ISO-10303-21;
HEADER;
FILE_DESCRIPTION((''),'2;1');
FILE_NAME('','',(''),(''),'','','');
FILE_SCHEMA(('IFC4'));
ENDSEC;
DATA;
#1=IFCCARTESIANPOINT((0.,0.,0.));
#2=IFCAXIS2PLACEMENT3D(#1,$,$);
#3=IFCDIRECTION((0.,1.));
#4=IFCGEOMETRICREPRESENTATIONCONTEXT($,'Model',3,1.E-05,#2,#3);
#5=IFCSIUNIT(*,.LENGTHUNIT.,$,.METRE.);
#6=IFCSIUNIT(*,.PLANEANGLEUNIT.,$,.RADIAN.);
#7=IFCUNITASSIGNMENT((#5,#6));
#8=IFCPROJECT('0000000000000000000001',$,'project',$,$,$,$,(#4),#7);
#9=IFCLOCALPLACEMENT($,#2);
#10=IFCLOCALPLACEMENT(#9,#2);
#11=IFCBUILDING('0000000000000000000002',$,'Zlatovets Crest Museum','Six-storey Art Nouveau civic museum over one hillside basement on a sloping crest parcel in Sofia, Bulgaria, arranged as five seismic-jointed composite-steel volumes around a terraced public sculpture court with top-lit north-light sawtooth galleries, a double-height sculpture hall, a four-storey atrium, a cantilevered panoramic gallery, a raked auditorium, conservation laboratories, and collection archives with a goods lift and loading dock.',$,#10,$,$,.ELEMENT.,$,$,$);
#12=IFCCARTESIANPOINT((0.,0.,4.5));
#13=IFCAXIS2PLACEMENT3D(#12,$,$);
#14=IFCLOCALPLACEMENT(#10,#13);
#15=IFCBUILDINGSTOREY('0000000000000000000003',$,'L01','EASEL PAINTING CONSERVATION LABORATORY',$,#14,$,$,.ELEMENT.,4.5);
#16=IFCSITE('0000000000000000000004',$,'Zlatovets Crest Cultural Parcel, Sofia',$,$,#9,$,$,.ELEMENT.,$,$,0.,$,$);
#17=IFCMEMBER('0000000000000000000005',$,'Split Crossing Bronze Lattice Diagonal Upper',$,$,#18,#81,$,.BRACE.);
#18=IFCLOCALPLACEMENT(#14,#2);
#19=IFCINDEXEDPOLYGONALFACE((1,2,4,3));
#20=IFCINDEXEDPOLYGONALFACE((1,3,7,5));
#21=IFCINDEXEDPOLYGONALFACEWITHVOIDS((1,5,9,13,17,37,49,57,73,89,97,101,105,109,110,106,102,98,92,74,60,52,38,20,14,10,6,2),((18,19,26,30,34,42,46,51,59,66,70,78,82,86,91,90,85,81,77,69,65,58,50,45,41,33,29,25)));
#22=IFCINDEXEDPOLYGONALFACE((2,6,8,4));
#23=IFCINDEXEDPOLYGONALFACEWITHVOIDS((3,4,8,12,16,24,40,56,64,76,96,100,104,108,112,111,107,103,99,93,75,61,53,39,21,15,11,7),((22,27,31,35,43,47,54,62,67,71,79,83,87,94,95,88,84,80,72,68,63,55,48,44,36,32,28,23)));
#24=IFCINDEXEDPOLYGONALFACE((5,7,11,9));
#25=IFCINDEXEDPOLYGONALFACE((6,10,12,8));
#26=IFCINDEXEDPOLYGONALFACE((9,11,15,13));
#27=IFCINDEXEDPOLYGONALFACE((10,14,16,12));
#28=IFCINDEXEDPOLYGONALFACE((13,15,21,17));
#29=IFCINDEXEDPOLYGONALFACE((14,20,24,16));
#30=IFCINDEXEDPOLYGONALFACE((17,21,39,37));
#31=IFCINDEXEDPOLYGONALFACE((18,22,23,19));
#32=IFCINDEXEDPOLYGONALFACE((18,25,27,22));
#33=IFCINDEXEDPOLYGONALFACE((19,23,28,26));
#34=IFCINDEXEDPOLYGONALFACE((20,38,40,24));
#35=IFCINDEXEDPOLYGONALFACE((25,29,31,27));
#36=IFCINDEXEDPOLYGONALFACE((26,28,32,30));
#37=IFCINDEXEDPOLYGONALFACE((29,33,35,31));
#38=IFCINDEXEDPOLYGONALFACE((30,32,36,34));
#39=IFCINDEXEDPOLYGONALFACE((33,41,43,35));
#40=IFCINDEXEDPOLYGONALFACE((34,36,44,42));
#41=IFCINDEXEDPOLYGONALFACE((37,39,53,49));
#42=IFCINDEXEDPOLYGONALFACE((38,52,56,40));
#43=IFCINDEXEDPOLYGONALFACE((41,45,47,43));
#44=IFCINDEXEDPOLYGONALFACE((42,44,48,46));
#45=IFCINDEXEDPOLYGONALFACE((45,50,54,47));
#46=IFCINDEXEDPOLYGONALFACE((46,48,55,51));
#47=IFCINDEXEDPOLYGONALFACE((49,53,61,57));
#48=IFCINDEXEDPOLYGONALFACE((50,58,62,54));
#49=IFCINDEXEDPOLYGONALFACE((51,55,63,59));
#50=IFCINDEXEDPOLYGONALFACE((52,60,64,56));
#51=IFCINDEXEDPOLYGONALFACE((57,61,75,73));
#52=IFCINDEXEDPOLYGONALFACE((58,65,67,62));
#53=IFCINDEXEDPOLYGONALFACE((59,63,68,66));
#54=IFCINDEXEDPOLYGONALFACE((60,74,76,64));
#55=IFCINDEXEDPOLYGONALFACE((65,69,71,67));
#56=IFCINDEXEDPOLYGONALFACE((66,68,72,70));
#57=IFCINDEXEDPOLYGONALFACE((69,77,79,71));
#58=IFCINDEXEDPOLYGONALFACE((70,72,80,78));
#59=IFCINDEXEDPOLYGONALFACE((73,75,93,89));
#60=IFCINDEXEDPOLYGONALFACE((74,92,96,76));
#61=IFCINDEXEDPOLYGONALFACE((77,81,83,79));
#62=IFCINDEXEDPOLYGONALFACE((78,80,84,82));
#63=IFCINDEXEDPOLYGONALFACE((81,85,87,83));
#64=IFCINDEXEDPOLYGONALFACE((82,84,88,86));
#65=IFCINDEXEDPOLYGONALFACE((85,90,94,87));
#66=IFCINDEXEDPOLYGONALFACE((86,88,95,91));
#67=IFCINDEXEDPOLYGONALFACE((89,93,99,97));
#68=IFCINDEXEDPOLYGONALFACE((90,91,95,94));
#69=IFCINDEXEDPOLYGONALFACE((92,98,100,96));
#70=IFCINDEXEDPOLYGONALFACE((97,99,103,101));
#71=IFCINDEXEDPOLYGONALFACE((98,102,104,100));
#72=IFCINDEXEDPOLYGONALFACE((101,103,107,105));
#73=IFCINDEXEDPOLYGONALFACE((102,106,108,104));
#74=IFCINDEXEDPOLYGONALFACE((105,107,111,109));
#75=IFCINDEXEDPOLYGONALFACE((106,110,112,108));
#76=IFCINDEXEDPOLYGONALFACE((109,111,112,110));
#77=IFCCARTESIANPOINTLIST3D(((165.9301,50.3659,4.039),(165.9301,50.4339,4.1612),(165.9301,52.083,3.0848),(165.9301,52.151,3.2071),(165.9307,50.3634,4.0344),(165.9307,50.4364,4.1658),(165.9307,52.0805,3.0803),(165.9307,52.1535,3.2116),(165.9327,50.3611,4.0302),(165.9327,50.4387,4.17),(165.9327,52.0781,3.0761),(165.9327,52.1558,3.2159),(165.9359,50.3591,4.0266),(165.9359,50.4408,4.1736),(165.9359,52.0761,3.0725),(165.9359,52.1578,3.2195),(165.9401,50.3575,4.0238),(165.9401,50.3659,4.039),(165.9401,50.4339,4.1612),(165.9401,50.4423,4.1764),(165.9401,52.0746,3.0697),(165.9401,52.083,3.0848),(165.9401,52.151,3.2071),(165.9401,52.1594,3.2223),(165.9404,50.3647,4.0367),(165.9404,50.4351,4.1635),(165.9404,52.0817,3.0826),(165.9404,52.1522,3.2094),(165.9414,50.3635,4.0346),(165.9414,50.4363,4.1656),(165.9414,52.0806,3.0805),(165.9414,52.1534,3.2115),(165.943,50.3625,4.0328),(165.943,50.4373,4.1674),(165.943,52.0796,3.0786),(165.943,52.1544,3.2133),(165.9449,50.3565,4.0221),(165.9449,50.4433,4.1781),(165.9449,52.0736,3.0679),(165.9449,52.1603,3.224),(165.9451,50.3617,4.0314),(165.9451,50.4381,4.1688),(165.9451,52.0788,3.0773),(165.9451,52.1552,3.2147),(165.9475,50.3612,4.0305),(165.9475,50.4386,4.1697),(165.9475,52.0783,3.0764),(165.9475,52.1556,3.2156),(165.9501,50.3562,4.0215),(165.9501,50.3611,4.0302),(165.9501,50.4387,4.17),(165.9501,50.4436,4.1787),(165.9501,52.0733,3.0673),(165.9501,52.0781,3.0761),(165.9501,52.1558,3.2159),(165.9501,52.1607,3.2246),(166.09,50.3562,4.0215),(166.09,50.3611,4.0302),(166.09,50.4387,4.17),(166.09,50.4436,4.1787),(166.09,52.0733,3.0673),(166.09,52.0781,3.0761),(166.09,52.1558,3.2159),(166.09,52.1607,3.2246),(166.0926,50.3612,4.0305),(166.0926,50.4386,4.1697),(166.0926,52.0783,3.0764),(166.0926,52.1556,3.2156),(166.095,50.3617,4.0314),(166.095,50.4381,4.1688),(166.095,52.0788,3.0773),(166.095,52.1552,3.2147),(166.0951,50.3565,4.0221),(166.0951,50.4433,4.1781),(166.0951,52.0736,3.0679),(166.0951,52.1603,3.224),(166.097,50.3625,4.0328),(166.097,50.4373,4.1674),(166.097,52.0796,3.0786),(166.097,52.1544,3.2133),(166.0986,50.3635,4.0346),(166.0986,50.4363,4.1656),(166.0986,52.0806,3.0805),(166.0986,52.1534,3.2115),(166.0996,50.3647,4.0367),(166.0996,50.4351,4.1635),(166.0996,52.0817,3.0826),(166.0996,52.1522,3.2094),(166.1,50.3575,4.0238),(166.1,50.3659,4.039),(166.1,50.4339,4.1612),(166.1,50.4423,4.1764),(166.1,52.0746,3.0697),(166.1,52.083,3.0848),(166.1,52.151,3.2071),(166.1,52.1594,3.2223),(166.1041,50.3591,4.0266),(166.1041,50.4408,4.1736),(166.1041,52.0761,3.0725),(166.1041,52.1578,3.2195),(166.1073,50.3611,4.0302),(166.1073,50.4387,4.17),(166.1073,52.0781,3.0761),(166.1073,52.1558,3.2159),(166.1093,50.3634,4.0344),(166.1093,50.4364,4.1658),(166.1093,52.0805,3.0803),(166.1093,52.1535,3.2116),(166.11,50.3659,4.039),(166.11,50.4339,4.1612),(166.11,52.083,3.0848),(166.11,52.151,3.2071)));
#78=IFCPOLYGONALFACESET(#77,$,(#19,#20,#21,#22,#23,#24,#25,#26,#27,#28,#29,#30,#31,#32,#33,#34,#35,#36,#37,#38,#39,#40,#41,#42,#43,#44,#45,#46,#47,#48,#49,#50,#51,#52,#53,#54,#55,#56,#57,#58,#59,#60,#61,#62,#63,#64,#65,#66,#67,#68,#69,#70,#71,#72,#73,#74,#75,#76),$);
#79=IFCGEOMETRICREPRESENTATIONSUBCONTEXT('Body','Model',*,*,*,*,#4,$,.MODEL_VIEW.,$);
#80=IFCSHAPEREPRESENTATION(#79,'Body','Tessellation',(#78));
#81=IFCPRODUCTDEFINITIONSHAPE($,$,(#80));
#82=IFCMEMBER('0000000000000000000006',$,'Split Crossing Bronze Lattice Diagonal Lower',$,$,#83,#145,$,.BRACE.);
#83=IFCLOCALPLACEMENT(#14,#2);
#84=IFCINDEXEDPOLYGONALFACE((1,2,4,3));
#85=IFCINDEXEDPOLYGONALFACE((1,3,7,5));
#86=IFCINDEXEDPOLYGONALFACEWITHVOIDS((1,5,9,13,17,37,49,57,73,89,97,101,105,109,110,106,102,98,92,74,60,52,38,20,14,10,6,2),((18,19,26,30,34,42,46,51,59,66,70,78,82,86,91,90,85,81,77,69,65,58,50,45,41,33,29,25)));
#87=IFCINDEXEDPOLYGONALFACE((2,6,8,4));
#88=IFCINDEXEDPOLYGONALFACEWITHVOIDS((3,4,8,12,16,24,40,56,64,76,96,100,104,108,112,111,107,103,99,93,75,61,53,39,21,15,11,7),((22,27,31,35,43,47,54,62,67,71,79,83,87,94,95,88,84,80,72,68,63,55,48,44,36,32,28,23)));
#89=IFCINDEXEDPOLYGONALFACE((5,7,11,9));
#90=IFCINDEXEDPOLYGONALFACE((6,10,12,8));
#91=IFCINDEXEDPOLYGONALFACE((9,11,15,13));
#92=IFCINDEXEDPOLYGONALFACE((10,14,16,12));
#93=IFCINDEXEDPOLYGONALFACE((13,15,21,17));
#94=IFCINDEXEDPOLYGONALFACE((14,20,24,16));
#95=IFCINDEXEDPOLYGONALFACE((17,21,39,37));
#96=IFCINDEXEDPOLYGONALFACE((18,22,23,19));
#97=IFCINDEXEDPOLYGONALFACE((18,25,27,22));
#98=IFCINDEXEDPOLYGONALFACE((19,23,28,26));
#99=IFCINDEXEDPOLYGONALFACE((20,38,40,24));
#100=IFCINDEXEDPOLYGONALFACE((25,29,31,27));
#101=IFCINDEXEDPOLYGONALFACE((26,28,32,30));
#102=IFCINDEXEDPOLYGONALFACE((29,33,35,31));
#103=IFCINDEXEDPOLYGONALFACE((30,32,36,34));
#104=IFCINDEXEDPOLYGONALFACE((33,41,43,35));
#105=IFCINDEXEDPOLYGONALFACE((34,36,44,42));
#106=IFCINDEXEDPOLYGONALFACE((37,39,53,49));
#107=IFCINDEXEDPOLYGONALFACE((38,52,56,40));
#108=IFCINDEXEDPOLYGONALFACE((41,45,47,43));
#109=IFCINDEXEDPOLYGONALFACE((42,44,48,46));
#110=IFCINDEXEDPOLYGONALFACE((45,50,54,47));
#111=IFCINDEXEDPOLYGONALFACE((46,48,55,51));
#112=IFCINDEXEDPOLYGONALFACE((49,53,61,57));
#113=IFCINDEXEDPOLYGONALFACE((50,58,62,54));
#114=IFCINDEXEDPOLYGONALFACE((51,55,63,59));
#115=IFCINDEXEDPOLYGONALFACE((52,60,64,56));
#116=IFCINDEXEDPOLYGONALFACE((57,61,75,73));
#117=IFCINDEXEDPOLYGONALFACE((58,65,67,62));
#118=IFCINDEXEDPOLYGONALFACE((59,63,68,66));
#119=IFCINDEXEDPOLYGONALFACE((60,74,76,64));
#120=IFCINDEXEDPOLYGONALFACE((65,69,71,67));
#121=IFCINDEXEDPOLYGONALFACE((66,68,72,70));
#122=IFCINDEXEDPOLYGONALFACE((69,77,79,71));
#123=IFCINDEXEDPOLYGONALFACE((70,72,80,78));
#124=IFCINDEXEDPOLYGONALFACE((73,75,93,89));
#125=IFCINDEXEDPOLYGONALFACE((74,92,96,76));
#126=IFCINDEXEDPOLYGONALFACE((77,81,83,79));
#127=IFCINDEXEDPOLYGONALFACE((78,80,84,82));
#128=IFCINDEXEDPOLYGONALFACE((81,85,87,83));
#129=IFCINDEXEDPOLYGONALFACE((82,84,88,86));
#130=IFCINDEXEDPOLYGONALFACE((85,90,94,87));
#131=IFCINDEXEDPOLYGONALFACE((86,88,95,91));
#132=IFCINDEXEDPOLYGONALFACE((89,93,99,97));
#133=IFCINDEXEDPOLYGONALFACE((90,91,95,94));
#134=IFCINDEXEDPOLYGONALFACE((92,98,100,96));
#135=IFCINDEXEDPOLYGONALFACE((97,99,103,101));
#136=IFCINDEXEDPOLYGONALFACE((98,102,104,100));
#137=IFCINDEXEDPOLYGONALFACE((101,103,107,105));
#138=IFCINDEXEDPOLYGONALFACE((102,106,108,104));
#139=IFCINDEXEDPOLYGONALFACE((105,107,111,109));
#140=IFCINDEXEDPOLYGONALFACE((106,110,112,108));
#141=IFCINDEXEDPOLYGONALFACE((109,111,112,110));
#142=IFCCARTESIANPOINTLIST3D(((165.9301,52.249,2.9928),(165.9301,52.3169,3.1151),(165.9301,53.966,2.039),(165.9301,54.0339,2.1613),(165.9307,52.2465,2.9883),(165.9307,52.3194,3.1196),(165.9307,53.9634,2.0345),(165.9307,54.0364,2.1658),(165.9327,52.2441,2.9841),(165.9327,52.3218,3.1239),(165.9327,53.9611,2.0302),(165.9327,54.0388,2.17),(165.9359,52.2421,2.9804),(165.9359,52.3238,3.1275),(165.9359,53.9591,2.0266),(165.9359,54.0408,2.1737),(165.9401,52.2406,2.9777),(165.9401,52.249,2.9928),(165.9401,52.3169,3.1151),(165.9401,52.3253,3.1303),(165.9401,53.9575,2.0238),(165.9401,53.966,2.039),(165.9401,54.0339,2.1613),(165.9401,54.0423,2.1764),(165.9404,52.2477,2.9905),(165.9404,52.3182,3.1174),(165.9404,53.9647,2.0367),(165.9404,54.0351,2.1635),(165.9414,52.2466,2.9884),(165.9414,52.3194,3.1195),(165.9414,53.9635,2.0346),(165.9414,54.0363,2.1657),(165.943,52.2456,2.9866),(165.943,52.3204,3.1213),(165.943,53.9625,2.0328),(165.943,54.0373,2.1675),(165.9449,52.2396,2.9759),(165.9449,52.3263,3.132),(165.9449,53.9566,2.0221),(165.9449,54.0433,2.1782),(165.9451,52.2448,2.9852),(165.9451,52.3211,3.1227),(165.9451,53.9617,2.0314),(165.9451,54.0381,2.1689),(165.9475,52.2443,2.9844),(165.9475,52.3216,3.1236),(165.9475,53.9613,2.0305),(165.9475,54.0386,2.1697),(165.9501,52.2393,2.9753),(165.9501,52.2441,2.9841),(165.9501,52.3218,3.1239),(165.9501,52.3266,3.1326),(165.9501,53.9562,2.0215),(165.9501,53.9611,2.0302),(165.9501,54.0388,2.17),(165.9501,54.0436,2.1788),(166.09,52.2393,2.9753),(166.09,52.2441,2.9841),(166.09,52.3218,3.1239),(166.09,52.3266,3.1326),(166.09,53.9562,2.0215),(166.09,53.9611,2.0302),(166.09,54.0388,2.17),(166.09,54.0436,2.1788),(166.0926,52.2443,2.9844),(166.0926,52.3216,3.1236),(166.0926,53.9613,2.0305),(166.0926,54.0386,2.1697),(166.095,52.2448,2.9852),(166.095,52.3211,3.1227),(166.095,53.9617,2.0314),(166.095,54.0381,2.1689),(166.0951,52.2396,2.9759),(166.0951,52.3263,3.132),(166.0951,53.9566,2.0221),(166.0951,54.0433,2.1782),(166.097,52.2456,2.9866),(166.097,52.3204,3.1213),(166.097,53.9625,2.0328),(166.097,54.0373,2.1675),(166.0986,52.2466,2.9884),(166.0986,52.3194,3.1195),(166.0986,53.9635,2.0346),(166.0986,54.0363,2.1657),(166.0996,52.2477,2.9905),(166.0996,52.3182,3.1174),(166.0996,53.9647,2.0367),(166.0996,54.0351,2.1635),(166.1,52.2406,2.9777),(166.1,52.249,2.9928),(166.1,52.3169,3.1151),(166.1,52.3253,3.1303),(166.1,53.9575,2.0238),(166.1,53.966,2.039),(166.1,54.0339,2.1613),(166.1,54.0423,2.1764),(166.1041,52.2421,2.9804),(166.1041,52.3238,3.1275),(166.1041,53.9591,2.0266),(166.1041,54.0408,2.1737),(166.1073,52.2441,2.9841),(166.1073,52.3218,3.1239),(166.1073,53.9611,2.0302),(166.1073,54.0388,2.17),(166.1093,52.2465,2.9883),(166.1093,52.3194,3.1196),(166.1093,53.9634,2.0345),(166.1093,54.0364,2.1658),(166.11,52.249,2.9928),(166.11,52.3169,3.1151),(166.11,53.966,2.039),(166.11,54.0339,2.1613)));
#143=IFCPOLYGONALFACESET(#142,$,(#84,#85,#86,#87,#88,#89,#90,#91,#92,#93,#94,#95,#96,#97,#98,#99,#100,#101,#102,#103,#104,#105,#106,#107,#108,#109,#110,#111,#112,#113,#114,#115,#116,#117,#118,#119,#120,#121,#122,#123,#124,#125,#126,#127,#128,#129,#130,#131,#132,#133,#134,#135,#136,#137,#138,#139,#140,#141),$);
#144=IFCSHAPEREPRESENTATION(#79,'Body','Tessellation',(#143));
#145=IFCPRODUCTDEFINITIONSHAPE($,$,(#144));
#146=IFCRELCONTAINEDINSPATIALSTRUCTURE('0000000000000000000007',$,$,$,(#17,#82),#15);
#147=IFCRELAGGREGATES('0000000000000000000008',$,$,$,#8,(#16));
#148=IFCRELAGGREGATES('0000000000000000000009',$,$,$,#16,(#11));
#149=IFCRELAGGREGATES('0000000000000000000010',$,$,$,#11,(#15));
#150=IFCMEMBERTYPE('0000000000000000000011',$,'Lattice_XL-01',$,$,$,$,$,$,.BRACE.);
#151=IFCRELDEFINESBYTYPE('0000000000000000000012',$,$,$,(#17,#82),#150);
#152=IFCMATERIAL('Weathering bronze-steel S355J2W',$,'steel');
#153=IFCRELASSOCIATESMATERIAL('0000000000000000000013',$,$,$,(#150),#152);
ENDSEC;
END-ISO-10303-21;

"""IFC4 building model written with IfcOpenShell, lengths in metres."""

from ifc_helpers import new_model, si_unit, direction, frame, origin, origin_2d, place, context, subcontext, project, spatial, hollow_rectangle, extrude, material, material_profile, profile_set, type_object, element, save


model = new_model("IFC4")

# Units and contexts
model_context = context("Model", 3, precision=1e-05, world=origin(), true_north=direction((0.0, 1.0)))
body_context = subcontext(model_context, "Body", "Model", "MODEL_VIEW")
ifc_project = project(units=[si_unit("LENGTHUNIT", "METRE"), si_unit("PLANEANGLEUNIT", "RADIAN")], contexts=[model_context])

# Site, building, storey
site_placement = place(None, origin())
site = spatial("IfcSite", under=ifc_project, at=site_placement, Name="Zlatovets Crest Cultural Parcel, Sofia", CompositionType="ELEMENT", RefElevation=0.0)
building_placement = place(site_placement, origin())
building = spatial("IfcBuilding", under=site, at=building_placement, Name="Zlatovets Crest Museum", Description="Six-storey Art Nouveau civic museum over one hillside basement on a sloping crest parcel in Sofia, Bulgaria, arranged as five seismic-jointed composite-steel volumes around a terraced public sculpture court with top-lit north-light sawtooth galleries, a double-height sculpture hall, a four-storey atrium, a cantilevered panoramic gallery, a raked auditorium, conservation laboratories, and collection archives with a goods lift and loading dock.", CompositionType="ELEMENT")
storey_placement = place(building_placement, frame((0.0, 0.0, 4.5)))
storey = spatial("IfcBuildingStorey", under=building, at=storey_placement, Name="L01", Description="EASEL PAINTING CONSERVATION LABORATORY", CompositionType="ELEMENT", Elevation=4.5)

# Members
ifc_material_1 = material(Name="Weathering bronze-steel S355J2W", Category="steel")
ifc_material_profile_1 = material_profile(ifc_material_1, hollow_rectangle(XDim=0.1799, YDim=0.1799, WallThickness=0.01, InnerFilletRadius=0.01, OuterFilletRadius=0.02, at=origin_2d()), Name="SHS 180x180x10.0")
ifc_profile_set_1 = profile_set([ifc_material_profile_1], Name="Weathering bronze-steel S355J2W")
member_type_1 = type_object("IfcMemberType", Name="Lattice_XL-01", PredefinedType="BRACE", material=ifc_profile_set_1)
member_1_placement = place(storey_placement, frame((166.02, 50.3999, 4.1001), z_axis=(0.0, 0.874116, -0.485717), x_axis=(-1.0, 0.0, 0.0)))
element("IfcMember", 1, at=member_1_placement, inside=storey, type_object=member_type_1, Name="Split Crossing Bronze Lattice Diagonal Upper", PredefinedType="BRACE", context=body_context, shape_type="SweptSolid", body=[
    extrude(hollow_rectangle(XDim=0.1799, YDim=0.1799, WallThickness=0.01, InnerFilletRadius=0.01, OuterFilletRadius=0.02, at=origin_2d()), origin(), (0.0, 0.0, 1.0), 1.9644),
])
member_2_placement = place(storey_placement, frame((166.02, 52.283, 3.054), z_axis=(0.0, 0.874169, -0.485622), x_axis=(-1.0, 0.0, 0.0)))
element("IfcMember", 2, at=member_2_placement, inside=storey, type_object=member_type_1, Name="Split Crossing Bronze Lattice Diagonal Lower", PredefinedType="BRACE", context=body_context, shape_type="SweptSolid", body=[
    extrude(hollow_rectangle(XDim=0.1799, YDim=0.1799, WallThickness=0.01, InnerFilletRadius=0.01, OuterFilletRadius=0.02, at=origin_2d()), origin(), (0.0, 0.0, 1.0), 1.9641),
])

save(model, "model.ifc")
